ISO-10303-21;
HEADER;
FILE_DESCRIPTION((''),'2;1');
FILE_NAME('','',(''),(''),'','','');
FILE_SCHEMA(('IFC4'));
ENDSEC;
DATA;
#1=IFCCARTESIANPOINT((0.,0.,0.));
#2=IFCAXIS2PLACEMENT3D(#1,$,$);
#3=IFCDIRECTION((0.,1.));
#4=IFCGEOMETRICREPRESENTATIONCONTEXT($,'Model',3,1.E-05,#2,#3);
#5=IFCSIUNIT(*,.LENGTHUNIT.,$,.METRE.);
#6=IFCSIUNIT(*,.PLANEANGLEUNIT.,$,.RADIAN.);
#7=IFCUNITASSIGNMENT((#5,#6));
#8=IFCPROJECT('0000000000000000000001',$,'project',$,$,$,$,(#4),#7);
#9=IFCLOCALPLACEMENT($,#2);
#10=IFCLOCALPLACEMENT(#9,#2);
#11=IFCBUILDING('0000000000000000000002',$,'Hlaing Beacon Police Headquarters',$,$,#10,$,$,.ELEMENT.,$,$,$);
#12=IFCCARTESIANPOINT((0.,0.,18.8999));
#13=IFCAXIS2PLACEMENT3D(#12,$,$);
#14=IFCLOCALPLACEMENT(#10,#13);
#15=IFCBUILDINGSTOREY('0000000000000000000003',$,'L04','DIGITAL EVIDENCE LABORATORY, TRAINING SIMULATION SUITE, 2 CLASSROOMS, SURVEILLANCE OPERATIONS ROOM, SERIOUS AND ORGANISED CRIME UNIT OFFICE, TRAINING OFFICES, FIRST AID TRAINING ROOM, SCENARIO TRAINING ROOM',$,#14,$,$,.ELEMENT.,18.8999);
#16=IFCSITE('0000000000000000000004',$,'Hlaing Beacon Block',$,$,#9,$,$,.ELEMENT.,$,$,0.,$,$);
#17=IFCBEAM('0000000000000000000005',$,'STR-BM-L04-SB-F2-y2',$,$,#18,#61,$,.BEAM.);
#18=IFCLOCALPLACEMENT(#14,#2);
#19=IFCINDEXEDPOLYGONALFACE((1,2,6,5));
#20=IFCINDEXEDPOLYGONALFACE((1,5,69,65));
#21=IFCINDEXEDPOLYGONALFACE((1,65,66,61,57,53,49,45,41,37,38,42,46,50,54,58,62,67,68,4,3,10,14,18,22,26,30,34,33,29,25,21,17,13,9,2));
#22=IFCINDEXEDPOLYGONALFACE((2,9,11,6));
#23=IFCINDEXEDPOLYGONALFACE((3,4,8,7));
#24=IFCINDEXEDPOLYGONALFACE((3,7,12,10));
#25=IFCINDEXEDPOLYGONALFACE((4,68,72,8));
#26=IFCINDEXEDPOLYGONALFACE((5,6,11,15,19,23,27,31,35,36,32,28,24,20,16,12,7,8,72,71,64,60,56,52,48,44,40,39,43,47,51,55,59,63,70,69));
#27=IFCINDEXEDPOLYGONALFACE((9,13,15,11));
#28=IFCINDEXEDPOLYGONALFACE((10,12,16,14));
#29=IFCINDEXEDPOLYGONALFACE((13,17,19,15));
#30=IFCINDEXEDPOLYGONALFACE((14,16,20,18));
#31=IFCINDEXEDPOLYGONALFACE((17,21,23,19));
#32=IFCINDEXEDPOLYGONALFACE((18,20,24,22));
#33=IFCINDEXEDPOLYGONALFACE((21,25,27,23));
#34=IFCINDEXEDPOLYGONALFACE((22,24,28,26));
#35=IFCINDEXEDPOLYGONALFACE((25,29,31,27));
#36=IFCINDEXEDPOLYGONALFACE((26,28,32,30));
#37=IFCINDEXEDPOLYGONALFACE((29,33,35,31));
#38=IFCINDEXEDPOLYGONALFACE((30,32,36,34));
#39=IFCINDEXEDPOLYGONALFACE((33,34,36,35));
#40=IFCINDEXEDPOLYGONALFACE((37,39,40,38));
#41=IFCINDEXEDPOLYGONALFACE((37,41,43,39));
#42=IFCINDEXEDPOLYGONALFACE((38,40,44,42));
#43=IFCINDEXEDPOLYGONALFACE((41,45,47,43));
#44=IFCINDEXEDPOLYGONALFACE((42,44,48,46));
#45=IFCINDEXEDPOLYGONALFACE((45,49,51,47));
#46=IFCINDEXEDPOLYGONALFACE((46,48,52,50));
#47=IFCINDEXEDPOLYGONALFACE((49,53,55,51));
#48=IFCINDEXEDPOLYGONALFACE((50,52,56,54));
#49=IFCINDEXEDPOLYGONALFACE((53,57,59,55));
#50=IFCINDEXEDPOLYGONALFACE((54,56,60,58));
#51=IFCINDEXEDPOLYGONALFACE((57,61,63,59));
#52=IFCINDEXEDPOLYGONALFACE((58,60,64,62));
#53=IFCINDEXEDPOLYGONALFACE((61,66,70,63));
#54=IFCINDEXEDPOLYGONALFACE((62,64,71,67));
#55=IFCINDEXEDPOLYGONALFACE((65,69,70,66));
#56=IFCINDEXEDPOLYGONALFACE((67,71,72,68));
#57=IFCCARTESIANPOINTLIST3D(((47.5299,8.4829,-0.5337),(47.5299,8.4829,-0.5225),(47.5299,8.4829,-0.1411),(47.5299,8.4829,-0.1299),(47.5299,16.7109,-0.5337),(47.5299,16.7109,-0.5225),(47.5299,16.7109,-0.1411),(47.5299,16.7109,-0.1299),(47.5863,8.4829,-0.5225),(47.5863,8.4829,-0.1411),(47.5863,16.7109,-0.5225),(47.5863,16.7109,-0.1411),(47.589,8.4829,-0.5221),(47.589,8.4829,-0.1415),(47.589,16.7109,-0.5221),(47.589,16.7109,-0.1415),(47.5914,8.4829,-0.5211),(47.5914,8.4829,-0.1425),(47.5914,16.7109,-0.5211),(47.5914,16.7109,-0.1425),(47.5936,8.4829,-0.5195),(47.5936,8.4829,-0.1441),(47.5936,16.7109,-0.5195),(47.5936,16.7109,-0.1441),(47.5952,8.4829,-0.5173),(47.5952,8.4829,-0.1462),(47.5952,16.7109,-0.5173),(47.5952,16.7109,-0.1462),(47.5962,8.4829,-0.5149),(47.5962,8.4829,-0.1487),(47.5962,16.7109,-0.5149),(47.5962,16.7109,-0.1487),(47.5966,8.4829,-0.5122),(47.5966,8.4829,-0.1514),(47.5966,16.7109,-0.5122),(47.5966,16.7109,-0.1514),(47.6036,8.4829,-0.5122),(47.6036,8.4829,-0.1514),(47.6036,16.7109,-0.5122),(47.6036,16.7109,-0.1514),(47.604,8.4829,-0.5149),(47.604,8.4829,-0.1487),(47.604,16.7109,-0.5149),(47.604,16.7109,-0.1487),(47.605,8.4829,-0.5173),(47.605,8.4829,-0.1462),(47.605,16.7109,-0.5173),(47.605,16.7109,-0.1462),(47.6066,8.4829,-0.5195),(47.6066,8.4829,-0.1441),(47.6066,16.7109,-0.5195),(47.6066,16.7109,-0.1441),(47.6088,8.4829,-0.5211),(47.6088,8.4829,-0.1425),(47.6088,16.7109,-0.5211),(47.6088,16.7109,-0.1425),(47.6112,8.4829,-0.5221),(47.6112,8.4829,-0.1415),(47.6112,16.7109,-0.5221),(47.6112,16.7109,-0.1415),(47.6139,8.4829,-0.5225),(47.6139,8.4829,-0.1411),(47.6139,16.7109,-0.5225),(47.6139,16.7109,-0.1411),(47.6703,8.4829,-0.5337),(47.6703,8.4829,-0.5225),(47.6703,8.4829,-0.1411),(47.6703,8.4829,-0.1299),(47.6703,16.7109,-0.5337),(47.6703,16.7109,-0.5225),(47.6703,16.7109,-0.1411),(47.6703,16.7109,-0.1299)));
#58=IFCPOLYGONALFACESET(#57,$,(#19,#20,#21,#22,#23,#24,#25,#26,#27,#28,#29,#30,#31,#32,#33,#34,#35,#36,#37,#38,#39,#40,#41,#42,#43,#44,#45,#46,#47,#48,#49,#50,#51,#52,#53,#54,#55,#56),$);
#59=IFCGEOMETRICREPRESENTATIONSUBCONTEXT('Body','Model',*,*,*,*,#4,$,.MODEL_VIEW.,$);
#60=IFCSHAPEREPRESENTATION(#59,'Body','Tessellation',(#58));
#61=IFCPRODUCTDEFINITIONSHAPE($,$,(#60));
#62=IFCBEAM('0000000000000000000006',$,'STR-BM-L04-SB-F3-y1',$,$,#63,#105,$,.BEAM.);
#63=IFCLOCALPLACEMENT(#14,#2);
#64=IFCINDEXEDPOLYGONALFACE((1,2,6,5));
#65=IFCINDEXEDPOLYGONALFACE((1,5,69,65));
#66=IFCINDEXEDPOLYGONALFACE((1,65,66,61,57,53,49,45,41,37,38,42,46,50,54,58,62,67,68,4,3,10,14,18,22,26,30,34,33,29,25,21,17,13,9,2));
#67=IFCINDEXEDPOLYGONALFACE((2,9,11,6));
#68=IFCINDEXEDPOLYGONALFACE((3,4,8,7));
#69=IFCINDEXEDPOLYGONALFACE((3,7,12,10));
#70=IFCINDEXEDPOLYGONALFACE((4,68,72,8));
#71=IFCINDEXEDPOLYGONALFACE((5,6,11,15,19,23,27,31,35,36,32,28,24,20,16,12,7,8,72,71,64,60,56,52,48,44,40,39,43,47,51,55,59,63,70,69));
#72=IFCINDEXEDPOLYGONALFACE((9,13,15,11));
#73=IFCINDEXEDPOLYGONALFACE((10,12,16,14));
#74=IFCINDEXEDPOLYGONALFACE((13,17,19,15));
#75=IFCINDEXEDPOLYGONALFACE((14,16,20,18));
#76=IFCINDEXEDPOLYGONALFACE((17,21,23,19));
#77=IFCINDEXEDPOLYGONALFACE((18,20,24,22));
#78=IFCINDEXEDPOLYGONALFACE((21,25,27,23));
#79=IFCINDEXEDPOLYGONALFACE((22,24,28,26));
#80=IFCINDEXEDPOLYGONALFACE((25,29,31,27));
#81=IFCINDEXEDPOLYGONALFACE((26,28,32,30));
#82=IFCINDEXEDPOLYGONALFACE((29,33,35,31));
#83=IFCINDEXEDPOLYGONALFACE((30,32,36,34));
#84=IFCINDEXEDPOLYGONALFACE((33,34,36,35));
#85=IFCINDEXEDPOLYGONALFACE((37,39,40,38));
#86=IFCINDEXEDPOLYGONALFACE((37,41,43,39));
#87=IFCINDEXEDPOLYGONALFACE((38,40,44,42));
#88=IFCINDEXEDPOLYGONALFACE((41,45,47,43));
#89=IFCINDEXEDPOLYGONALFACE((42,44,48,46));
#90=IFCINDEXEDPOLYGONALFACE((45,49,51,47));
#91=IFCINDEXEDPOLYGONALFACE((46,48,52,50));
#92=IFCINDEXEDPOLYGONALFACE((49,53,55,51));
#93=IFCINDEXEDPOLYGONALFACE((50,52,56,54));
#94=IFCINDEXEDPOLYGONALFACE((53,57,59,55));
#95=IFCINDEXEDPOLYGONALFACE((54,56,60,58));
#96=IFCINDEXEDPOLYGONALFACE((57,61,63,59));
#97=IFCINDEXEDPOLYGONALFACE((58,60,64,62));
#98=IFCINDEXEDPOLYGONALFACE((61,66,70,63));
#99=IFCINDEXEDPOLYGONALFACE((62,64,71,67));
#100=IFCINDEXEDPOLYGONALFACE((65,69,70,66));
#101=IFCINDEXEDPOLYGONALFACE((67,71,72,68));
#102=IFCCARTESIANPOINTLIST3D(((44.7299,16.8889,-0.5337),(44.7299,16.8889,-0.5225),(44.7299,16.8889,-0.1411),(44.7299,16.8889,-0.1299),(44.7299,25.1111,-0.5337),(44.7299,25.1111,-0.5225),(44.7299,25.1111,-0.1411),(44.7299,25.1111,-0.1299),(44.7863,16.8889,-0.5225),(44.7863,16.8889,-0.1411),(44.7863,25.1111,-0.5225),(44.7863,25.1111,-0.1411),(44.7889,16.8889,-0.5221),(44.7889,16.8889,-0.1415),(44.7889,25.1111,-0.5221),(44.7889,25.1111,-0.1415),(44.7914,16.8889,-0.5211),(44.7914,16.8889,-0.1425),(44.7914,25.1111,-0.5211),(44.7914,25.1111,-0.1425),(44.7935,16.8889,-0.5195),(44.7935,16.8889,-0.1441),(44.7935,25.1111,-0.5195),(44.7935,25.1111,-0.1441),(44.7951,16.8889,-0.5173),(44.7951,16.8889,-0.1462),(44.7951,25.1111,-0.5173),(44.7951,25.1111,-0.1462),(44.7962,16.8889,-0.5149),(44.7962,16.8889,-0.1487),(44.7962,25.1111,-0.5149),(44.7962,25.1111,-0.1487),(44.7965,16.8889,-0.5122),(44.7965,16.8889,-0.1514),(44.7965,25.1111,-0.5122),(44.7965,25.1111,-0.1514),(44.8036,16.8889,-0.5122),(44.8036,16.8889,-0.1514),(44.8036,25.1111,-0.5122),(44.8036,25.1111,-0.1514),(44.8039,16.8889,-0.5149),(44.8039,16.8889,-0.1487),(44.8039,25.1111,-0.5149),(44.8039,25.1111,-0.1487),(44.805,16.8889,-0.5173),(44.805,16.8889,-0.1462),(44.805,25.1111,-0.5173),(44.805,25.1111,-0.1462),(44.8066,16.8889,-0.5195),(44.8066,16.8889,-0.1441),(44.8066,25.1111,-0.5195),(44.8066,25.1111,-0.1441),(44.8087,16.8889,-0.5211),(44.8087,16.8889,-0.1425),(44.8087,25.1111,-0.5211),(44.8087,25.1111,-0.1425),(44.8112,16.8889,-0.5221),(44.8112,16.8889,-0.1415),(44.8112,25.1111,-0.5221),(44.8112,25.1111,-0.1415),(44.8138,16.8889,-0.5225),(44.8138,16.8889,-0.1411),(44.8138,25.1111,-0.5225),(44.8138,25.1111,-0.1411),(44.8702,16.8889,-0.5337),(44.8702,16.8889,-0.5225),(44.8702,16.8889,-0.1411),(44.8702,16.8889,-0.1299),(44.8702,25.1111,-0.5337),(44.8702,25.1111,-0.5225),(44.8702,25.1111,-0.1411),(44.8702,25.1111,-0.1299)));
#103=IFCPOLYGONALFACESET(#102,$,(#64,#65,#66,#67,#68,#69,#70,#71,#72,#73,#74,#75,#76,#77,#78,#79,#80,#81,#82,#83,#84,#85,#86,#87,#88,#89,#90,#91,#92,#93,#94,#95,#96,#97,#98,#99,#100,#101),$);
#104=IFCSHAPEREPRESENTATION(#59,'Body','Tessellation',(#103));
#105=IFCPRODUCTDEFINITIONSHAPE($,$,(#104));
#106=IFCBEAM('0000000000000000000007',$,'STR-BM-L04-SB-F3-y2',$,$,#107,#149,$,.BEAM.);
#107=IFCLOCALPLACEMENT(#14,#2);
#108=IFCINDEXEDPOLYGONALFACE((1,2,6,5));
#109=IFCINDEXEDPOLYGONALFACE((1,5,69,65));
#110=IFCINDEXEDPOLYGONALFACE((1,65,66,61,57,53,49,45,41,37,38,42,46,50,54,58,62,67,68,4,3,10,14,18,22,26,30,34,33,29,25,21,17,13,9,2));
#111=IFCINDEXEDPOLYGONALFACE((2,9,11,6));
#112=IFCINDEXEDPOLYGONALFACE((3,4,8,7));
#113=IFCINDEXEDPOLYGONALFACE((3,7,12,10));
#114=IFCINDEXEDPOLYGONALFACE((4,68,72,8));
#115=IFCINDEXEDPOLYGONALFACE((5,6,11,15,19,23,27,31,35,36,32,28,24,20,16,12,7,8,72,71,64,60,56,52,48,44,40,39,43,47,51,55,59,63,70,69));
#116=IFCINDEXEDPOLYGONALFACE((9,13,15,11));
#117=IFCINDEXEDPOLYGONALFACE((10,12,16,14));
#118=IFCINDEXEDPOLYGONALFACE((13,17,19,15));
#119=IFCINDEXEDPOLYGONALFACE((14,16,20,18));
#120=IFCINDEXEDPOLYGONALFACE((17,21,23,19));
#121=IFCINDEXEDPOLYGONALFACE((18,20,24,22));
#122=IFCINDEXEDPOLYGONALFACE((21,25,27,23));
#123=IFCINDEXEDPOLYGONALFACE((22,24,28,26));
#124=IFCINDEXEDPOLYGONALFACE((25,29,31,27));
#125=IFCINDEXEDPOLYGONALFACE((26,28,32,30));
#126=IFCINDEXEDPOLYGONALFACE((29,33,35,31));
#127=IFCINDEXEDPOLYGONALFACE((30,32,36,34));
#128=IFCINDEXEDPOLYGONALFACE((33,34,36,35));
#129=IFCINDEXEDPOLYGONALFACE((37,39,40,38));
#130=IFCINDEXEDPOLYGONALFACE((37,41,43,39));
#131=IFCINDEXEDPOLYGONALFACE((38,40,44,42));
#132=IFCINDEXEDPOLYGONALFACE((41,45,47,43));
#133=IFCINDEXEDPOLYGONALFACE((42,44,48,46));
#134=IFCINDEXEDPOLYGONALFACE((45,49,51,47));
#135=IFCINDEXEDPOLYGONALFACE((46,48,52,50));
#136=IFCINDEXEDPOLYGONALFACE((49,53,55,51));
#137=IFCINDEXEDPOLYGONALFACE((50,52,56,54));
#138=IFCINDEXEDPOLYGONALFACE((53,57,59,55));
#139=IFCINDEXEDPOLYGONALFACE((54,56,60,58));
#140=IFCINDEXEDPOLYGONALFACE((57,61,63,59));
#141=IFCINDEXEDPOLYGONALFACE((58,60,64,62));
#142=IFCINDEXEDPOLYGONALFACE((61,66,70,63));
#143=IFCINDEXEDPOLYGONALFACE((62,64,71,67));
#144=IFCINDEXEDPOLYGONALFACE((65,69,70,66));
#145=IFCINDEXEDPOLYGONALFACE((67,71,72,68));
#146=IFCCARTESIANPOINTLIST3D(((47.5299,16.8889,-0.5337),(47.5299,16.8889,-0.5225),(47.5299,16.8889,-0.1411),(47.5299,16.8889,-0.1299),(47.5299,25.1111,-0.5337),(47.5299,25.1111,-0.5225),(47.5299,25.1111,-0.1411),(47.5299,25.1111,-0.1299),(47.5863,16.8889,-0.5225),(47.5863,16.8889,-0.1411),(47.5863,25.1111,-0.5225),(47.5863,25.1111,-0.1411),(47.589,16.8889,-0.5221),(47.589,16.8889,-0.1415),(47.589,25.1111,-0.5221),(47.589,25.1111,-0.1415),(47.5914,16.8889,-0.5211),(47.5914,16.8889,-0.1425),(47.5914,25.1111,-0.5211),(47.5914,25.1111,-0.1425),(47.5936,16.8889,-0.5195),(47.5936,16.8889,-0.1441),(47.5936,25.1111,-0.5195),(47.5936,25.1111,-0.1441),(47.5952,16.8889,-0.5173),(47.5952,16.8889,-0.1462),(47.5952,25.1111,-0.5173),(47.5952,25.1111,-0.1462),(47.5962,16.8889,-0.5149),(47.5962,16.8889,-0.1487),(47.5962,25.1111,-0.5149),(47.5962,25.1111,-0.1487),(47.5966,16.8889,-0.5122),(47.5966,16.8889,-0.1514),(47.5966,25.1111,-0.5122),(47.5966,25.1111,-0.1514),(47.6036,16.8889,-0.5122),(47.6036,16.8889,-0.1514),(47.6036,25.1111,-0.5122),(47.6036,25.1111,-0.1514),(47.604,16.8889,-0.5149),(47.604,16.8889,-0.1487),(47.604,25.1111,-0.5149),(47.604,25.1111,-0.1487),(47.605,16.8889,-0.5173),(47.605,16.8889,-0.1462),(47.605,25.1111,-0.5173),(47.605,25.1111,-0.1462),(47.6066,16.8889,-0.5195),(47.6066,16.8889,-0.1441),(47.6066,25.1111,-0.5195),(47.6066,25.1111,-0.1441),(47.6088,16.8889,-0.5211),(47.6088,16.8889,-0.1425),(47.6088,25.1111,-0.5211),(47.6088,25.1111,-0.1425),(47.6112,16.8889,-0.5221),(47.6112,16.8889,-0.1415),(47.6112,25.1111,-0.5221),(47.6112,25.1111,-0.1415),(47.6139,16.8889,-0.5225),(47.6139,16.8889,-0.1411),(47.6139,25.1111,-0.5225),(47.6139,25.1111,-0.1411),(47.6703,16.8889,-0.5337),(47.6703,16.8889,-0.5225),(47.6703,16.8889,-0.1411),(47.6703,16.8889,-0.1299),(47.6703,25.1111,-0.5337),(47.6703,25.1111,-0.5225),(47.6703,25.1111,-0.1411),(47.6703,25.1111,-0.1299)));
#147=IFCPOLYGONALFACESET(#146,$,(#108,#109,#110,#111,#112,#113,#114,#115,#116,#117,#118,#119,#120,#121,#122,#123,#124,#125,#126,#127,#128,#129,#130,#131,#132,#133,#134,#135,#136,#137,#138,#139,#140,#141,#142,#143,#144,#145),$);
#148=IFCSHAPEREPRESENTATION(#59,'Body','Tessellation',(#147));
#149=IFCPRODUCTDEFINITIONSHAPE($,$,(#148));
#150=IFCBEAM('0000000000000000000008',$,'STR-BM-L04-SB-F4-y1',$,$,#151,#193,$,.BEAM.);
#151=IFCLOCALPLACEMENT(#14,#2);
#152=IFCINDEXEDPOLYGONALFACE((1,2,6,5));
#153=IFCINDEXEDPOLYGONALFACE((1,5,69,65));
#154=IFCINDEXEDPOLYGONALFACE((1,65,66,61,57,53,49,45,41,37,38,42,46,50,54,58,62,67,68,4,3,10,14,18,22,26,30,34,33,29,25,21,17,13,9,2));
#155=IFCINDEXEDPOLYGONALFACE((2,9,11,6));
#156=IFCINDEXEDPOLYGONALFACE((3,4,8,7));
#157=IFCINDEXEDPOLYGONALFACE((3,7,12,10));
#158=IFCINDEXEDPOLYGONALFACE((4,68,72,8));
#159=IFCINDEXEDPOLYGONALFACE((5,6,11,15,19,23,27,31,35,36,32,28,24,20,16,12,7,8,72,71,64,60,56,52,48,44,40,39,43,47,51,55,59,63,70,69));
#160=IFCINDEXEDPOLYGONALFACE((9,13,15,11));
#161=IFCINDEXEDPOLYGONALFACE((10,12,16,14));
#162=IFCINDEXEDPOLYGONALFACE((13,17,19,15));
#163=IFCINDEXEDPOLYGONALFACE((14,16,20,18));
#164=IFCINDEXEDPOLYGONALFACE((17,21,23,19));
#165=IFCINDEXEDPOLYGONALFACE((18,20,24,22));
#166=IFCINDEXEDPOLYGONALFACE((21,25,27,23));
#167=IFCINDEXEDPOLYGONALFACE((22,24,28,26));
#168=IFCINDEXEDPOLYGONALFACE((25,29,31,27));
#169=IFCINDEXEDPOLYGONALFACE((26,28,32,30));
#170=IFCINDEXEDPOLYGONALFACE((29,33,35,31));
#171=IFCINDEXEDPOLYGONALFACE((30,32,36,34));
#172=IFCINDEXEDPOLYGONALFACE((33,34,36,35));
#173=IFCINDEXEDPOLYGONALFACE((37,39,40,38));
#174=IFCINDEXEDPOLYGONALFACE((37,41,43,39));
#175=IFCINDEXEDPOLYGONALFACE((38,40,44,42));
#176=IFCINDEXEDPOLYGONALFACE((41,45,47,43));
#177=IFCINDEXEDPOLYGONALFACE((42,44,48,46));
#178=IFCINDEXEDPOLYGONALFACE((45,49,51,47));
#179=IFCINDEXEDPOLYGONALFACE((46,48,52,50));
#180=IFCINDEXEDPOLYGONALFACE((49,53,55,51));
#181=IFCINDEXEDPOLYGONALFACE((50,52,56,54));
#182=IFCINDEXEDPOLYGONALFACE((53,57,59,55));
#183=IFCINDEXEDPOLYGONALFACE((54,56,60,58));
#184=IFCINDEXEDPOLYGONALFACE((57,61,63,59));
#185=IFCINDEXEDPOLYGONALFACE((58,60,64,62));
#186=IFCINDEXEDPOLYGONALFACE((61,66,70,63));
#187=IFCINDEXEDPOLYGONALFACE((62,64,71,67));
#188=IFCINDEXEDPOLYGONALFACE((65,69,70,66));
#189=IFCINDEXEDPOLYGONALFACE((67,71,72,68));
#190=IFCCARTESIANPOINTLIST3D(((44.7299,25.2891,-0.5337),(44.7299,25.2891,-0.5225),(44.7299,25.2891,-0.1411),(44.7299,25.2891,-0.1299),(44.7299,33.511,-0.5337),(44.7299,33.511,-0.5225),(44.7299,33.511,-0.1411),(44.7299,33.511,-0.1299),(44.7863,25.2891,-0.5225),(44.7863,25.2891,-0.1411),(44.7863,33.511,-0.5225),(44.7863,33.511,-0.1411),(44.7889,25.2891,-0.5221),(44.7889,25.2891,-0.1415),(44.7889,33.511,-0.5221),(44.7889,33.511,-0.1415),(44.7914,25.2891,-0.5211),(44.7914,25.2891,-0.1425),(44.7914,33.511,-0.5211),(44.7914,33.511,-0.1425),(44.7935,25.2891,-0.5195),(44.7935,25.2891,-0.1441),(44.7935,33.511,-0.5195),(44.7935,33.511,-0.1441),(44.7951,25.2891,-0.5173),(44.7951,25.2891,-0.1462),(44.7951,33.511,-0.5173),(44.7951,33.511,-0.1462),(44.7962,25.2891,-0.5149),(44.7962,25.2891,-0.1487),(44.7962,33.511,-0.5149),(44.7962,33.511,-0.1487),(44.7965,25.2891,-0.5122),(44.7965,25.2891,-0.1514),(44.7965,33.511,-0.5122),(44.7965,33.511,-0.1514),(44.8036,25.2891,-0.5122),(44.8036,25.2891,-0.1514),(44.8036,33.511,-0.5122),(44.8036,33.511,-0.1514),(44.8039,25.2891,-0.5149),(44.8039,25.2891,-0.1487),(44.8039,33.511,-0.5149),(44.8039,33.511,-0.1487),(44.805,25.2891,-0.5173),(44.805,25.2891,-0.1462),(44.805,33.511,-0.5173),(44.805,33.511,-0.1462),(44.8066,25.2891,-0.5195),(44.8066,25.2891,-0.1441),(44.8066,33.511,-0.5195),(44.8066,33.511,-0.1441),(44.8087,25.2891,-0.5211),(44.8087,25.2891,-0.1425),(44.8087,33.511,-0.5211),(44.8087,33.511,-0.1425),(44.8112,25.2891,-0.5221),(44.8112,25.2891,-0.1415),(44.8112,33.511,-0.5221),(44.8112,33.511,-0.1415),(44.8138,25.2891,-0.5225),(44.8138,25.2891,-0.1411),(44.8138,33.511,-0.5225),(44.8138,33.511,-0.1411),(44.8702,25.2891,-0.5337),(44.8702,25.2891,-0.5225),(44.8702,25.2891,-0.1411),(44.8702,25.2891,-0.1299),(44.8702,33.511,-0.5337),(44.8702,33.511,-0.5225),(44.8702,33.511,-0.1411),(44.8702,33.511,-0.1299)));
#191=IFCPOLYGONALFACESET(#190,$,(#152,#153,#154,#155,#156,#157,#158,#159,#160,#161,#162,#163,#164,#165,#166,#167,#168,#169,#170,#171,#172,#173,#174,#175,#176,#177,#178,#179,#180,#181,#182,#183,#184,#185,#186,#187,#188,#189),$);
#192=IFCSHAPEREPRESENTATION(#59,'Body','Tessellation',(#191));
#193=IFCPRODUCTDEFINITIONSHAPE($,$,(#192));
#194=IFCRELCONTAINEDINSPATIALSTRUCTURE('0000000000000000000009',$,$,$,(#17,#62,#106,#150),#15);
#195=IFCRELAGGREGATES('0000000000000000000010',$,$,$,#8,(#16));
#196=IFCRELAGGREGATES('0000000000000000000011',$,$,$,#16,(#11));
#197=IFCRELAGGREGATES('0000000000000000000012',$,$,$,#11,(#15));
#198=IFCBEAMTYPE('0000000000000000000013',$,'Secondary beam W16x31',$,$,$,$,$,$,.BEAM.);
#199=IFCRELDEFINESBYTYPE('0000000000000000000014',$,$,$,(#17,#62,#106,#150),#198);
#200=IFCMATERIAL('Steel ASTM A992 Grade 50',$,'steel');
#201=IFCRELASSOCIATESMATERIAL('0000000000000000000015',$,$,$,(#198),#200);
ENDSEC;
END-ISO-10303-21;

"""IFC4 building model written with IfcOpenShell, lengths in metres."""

from ifc_helpers import new_model, si_unit, direction, frame, origin, origin_2d, place, context, subcontext, project, spatial, i_section, extrude, material, material_profile, profile_set, type_object, element, save


model = new_model("IFC4")

# Units and contexts
model_context = context("Model", 3, precision=1e-05, world=origin(), true_north=direction((0.0, 1.0)))
body_context = subcontext(model_context, "Body", "Model", "MODEL_VIEW")
ifc_project = project(units=[si_unit("LENGTHUNIT", "METRE"), si_unit("PLANEANGLEUNIT", "RADIAN")], contexts=[model_context])

# Site, building, storey
site_placement = place(None, origin())
site = spatial("IfcSite", under=ifc_project, at=site_placement, Name="Hlaing Beacon Block", CompositionType="ELEMENT", RefElevation=0.0)
building_placement = place(site_placement, origin())
building = spatial("IfcBuilding", under=site, at=building_placement, Name="Hlaing Beacon Police Headquarters", CompositionType="ELEMENT")
storey_placement = place(building_placement, frame((0.0, 0.0, 18.8999)))
storey = spatial("IfcBuildingStorey", under=building, at=storey_placement, Name="L04", Description="DIGITAL EVIDENCE LABORATORY, TRAINING SIMULATION SUITE, 2 CLASSROOMS, SURVEILLANCE OPERATIONS ROOM, SERIOUS AND ORGANISED CRIME UNIT OFFICE, TRAINING OFFICES, FIRST AID TRAINING ROOM, SCENARIO TRAINING ROOM", CompositionType="ELEMENT", Elevation=18.8999)

# Beams
ifc_material_1 = material(Name="Steel ASTM A992 Grade 50", Category="steel")
ifc_material_profile_1 = material_profile(ifc_material_1, i_section(OverallWidth=0.1404, OverallDepth=0.4038, WebThickness=0.0071, FlangeThickness=0.0112, FilletRadius=0.0103, at=origin_2d()), Name="W16x31")
ifc_profile_set_1 = profile_set([ifc_material_profile_1], Name="Steel ASTM A992 Grade 50")
beam_type_1 = type_object("IfcBeamType", Name="Secondary beam W16x31", PredefinedType="BEAM", material=ifc_profile_set_1)
for number, where, z_axis, x_axis, name in (
    (1, (47.6001, 8.4829, -0.3318), (0.0, 1.0, 0.0), (-1.0, 0.0, 0.0), "STR-BM-L04-SB-F2-y2"),
):
    element("IfcBeam", number, at=place(storey_placement, frame(where, z_axis=z_axis, x_axis=x_axis)), inside=storey, type_object=beam_type_1, Name=name, PredefinedType="BEAM", context=body_context, shape_type="SweptSolid", body=[
        extrude(i_section(OverallWidth=0.1404, OverallDepth=0.4038, WebThickness=0.0071, FlangeThickness=0.0112, FilletRadius=0.0103, at=origin_2d()), origin(), (0.0, 0.0, 1.0), 8.228),
    ])
for number, where, z_axis, x_axis, name in (
    (2, (44.8, 16.8889, -0.3318), (0.0, 1.0, 0.0), (-1.0, 0.0, 0.0), "STR-BM-L04-SB-F3-y1"),
    (3, (47.6001, 16.8889, -0.3318), (0.0, 1.0, 0.0), (-1.0, 0.0, 0.0), "STR-BM-L04-SB-F3-y2"),
):
    element("IfcBeam", number, at=place(storey_placement, frame(where, z_axis=z_axis, x_axis=x_axis)), inside=storey, type_object=beam_type_1, Name=name, PredefinedType="BEAM", context=body_context, shape_type="SweptSolid", body=[
        extrude(i_section(OverallWidth=0.1404, OverallDepth=0.4038, WebThickness=0.0071, FlangeThickness=0.0112, FilletRadius=0.0103, at=origin_2d()), origin(), (0.0, 0.0, 1.0), 8.2222),
    ])
for number, where, z_axis, x_axis, name in (
    (4, (44.8, 25.2891, -0.3318), (0.0, 1.0, 0.0), (-1.0, 0.0, 0.0), "STR-BM-L04-SB-F4-y1"),
):
    element("IfcBeam", number, at=place(storey_placement, frame(where, z_axis=z_axis, x_axis=x_axis)), inside=storey, type_object=beam_type_1, Name=name, PredefinedType="BEAM", context=body_context, shape_type="SweptSolid", body=[
        extrude(i_section(OverallWidth=0.1404, OverallDepth=0.4038, WebThickness=0.0071, FlangeThickness=0.0112, FilletRadius=0.0103, at=origin_2d()), origin(), (0.0, 0.0, 1.0), 8.2219),
    ])

save(model, "model.ifc")
